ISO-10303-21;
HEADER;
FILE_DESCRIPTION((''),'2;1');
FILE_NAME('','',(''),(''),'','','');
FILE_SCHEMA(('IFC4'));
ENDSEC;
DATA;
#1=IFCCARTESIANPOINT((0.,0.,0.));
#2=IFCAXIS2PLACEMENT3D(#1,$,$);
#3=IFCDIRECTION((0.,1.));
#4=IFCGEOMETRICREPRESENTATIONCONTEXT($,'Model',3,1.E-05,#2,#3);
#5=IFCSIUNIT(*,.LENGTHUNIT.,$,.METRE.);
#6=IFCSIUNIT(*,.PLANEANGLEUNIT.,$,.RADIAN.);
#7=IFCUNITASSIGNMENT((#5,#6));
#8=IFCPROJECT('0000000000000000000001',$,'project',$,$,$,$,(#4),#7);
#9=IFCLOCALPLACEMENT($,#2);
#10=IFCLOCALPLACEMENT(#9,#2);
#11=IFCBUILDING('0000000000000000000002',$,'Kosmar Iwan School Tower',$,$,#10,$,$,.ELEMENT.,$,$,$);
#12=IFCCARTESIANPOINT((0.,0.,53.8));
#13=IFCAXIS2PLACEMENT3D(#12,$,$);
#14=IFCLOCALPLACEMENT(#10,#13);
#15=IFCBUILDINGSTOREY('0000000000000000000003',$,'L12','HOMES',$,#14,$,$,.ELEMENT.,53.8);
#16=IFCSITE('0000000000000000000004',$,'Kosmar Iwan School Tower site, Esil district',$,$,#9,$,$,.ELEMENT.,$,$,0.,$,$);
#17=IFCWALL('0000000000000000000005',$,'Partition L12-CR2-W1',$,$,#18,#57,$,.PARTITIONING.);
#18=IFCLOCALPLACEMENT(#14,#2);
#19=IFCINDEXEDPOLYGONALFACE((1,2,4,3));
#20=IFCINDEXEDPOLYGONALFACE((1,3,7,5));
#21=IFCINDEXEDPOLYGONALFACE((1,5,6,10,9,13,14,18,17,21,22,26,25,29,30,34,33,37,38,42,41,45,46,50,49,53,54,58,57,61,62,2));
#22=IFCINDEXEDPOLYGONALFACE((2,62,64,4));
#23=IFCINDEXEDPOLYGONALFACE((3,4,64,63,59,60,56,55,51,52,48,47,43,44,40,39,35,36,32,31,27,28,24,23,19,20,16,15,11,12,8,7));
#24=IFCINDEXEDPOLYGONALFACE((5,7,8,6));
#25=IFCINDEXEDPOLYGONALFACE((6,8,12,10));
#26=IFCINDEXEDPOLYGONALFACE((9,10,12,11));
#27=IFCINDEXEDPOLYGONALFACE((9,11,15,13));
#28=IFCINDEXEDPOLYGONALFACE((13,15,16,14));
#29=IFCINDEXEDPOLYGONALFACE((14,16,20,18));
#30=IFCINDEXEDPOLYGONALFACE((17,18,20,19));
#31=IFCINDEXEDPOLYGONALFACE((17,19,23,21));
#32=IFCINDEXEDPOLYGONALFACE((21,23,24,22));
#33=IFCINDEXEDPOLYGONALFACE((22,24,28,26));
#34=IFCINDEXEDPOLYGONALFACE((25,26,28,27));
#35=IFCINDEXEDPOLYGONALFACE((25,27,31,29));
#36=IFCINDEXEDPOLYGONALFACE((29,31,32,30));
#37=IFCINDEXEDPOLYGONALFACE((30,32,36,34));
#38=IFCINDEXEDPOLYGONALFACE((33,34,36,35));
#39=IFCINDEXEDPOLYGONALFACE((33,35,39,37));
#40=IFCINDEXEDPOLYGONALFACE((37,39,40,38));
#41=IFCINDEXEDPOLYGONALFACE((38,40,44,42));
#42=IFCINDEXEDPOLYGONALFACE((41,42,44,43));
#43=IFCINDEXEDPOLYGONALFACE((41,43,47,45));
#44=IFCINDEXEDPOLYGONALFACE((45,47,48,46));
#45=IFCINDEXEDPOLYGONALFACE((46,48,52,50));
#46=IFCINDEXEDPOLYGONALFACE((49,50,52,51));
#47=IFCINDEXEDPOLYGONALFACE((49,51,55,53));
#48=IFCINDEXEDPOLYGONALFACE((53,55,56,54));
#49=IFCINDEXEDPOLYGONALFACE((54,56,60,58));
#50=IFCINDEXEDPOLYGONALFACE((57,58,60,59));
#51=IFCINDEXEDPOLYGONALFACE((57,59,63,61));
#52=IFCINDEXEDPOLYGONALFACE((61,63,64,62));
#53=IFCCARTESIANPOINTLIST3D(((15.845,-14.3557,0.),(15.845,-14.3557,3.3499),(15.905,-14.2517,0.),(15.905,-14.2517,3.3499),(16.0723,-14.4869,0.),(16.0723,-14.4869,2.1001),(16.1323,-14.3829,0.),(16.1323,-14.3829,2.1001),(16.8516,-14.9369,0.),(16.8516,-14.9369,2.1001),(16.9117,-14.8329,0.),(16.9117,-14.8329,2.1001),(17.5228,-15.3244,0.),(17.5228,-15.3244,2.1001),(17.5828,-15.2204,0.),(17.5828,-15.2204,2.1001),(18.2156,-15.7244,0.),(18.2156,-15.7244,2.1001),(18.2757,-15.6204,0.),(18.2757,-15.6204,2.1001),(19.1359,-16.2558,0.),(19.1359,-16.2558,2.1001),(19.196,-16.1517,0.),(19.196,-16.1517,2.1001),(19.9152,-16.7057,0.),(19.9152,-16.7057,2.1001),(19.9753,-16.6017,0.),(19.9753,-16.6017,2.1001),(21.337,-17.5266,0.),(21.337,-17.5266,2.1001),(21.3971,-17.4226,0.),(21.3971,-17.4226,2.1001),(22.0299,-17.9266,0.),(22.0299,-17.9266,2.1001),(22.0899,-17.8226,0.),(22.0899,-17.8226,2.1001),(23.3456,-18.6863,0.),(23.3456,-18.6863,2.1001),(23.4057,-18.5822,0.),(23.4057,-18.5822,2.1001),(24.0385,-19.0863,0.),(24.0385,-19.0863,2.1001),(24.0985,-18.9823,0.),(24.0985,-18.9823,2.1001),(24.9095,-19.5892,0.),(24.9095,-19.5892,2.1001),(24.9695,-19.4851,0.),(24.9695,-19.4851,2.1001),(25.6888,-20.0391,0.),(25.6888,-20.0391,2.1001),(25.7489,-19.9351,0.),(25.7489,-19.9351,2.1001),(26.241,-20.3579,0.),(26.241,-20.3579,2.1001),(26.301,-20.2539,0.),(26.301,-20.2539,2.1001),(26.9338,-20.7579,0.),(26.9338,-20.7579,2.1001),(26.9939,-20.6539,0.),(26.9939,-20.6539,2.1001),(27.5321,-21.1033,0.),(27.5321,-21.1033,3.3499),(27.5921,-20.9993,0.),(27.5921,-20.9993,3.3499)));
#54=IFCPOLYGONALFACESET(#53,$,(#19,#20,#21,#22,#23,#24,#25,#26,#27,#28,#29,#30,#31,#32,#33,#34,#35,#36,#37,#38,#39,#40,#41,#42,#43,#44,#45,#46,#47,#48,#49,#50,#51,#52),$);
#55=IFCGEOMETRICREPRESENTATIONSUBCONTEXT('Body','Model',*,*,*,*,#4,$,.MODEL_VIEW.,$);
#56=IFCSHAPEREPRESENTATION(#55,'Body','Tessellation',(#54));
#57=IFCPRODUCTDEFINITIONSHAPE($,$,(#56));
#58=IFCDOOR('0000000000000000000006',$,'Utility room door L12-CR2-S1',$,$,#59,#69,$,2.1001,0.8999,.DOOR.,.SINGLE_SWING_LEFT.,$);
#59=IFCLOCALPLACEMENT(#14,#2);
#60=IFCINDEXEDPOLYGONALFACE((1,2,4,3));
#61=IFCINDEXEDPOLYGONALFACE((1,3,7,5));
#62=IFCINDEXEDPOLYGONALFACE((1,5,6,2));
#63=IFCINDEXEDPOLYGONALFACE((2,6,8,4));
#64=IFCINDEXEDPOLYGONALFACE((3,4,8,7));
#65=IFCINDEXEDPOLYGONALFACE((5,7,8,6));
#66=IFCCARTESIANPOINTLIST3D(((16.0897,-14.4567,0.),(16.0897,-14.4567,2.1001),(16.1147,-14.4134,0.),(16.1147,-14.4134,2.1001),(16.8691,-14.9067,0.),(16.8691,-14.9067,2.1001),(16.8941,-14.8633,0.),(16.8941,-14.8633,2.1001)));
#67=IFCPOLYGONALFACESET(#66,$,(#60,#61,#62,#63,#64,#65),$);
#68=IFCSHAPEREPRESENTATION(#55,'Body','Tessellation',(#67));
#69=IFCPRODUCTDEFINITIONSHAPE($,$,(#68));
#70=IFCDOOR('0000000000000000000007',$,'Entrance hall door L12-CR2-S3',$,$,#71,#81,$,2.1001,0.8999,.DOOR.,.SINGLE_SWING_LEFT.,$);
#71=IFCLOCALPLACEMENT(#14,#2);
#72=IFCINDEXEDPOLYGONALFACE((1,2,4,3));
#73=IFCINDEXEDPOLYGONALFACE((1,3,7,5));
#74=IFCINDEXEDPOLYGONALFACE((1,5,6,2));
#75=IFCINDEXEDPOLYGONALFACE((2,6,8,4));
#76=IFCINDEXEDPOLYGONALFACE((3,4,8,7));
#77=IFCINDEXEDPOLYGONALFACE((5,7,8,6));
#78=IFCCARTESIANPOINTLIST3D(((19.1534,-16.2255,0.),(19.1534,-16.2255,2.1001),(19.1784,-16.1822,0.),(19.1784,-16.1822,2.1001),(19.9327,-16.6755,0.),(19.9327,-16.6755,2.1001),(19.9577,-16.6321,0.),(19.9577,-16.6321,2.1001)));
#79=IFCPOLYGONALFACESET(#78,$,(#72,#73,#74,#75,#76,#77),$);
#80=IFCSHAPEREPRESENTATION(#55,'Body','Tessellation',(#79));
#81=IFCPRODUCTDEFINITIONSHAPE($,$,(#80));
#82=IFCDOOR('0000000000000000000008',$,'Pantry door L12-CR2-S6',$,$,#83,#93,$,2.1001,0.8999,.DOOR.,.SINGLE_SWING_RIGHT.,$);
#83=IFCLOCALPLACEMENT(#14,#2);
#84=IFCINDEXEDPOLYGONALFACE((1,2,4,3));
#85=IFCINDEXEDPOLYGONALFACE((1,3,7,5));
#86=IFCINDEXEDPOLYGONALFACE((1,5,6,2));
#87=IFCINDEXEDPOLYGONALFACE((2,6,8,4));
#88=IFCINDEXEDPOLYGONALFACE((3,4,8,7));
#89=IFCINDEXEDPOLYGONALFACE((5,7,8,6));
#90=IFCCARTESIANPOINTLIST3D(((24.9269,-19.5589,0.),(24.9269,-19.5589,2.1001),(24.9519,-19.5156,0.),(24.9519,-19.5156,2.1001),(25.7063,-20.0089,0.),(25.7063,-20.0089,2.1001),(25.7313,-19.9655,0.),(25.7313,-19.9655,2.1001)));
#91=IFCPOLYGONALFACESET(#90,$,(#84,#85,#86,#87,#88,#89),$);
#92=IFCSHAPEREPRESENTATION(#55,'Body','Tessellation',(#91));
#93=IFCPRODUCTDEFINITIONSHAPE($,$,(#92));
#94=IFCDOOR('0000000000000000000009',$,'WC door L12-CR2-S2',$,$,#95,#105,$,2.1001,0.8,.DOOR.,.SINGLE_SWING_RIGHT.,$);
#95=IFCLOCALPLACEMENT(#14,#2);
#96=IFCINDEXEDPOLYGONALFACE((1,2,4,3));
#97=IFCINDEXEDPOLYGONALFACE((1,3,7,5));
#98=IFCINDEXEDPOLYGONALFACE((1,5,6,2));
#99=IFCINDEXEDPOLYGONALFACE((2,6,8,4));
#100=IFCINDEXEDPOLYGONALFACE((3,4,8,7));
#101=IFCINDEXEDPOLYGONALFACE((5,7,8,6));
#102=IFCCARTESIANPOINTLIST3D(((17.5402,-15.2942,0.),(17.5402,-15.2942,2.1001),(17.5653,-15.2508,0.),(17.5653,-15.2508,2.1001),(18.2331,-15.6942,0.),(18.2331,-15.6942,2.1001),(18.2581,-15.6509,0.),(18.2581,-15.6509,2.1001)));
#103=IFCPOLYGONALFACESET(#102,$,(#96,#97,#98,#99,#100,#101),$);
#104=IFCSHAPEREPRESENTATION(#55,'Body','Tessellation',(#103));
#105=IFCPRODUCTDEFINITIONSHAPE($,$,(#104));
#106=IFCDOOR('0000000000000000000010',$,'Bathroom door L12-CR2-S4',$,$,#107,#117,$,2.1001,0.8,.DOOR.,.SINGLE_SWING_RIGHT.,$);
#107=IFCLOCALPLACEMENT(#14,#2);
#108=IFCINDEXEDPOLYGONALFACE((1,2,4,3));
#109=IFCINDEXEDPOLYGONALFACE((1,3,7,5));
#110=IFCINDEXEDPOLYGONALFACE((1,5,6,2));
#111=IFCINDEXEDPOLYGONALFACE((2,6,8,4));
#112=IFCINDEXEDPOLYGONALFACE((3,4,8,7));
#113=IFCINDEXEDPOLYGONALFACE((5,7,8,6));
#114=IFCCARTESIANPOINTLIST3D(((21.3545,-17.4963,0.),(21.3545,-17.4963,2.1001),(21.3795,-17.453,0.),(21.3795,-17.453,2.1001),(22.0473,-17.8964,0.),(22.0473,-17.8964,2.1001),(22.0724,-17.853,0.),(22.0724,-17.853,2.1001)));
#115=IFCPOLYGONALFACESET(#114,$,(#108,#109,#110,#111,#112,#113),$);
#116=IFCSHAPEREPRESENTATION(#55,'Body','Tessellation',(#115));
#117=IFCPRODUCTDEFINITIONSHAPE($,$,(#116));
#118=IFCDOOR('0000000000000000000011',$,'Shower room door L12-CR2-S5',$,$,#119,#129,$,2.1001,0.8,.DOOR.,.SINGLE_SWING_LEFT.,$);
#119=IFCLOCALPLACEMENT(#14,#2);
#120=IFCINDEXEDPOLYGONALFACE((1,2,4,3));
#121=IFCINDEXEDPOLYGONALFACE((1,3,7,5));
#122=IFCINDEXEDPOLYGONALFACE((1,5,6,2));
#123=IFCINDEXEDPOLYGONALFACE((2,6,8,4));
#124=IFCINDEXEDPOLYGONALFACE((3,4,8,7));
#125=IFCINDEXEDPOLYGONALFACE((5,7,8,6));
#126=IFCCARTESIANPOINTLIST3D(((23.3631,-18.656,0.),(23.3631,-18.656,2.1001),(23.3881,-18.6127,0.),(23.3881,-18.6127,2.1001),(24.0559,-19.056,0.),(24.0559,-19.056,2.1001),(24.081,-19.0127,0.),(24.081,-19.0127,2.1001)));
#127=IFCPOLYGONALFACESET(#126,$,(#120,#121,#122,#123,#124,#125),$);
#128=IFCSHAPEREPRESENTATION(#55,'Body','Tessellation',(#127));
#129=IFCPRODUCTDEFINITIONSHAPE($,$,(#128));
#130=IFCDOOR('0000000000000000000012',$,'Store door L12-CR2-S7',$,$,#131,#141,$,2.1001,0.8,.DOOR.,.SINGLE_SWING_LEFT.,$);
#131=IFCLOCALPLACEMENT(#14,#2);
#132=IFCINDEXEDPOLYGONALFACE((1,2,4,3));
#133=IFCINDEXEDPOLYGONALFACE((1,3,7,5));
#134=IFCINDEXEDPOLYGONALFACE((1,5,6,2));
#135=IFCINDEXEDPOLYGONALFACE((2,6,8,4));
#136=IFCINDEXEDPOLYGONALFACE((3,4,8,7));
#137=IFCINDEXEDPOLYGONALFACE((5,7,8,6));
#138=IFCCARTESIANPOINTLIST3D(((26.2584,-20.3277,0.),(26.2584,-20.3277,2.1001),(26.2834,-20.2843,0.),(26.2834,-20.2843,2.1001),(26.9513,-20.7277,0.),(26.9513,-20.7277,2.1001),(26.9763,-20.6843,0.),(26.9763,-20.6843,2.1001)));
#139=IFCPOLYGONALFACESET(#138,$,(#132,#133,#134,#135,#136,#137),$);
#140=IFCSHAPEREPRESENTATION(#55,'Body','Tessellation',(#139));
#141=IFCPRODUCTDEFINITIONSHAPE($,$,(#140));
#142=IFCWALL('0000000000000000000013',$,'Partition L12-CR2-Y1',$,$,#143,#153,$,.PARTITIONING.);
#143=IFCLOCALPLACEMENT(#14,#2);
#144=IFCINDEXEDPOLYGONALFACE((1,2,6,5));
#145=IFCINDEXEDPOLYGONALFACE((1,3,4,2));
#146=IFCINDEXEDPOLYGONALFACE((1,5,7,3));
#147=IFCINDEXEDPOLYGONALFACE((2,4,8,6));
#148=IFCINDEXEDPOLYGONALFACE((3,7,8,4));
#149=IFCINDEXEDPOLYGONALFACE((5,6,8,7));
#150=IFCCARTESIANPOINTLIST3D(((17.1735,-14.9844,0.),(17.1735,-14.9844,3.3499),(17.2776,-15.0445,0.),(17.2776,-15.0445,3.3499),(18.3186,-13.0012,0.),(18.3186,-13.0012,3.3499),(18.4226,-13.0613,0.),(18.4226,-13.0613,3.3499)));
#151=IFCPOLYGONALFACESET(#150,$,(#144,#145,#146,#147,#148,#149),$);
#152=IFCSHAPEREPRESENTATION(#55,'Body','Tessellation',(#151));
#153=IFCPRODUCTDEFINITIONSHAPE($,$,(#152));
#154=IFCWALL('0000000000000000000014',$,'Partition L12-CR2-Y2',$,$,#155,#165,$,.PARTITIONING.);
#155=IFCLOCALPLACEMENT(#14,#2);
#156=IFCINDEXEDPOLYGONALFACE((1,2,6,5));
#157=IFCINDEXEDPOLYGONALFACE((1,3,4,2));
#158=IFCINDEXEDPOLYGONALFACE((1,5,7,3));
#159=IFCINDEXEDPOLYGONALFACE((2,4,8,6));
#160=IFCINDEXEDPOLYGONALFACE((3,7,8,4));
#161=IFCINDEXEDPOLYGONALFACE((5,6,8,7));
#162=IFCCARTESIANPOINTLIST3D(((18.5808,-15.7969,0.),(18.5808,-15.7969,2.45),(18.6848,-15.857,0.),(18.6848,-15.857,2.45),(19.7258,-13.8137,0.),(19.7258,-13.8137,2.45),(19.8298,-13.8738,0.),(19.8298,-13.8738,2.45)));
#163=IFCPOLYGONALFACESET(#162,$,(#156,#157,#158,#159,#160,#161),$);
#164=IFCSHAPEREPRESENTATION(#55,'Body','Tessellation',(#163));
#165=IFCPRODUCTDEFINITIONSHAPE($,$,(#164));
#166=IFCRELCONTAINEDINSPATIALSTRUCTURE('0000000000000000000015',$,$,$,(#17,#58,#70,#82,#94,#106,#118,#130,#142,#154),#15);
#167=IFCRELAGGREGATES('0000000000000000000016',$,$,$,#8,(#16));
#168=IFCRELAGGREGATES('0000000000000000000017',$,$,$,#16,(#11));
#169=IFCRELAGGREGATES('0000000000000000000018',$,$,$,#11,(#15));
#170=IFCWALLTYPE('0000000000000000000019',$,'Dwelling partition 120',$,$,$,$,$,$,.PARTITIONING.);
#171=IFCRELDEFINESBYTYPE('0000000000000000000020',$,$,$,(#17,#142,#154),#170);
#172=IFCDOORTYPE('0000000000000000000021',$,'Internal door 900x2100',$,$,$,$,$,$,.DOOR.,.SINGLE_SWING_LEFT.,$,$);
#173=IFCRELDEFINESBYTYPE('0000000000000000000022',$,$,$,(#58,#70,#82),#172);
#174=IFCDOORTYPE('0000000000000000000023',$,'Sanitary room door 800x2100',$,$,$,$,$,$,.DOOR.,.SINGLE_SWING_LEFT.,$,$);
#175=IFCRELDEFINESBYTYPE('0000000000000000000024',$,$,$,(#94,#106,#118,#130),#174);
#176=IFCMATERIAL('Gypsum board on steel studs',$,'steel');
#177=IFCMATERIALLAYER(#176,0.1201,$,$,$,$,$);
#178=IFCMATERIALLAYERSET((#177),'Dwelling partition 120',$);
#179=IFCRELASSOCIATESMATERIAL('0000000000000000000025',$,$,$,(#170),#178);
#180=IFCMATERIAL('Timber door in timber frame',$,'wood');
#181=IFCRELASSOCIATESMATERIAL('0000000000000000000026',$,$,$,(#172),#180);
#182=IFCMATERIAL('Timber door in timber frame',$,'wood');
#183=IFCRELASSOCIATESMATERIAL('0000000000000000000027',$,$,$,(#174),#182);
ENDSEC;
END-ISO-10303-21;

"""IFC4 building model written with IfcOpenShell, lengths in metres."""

from ifc_helpers import new_model, si_unit, direction, frame, frame_2d, origin, place, context, subcontext, project, spatial, rectangle, extrude, material, layer, layer_set, type_object, element, fill, save


model = new_model("IFC4")

# Units and contexts
model_context = context("Model", 3, precision=1e-05, world=origin(), true_north=direction((0.0, 1.0)))
body_context = subcontext(model_context, "Body", "Model", "MODEL_VIEW")
ifc_project = project(units=[si_unit("LENGTHUNIT", "METRE"), si_unit("PLANEANGLEUNIT", "RADIAN")], contexts=[model_context])

# Site, building, storey
site_placement = place(None, origin())
site = spatial("IfcSite", under=ifc_project, at=site_placement, Name="Kosmar Iwan School Tower site, Esil district", CompositionType="ELEMENT", RefElevation=0.0)
building_placement = place(site_placement, origin())
building = spatial("IfcBuilding", under=site, at=building_placement, Name="Kosmar Iwan School Tower", CompositionType="ELEMENT")
storey_placement = place(building_placement, frame((0.0, 0.0, 53.8)))
storey = spatial("IfcBuildingStorey", under=building, at=storey_placement, Name="L12", Description="HOMES", CompositionType="ELEMENT", Elevation=53.8)

# Shared definitions
ifc_material_1 = material(Name="Gypsum board on steel studs", Category="steel")
ifc_layer_1 = layer(ifc_material_1, 0.1201)
ifc_layer_set_1 = layer_set([ifc_layer_1], Name="Dwelling partition 120")
wall_type_1 = type_object("IfcWallType", Name="Dwelling partition 120", PredefinedType="PARTITIONING", material=ifc_layer_set_1)

# Wall, openings, doors
wall_1_placement = place(storey_placement, frame((15.875, -14.3037, 0.0), z_axis=(0.0, 0.0, 1.0), x_axis=(0.866024, -0.500003, 0.0)))
wall_1 = element("IfcWall", 1, at=wall_1_placement, inside=storey, type_object=wall_type_1, Name="Partition L12-CR2-W1", PredefinedType="PARTITIONING", context=body_context, shape_type="SweptSolid", body=[
    extrude(rectangle(XDim=13.4951, YDim=0.1201, at=frame_2d((6.7476, 0.0))), origin(), (0.0, 0.0, 1.0), 3.3499),
])
opening_1_placement = place(wall_1_placement, frame((0.2625, 0.0, 0.0)))
opening_1 = element("IfcOpeningElement", 2, at=opening_1_placement, cuts=wall_1, PredefinedType="OPENING", context=body_context, shape_type="SweptSolid", body=[
    extrude(rectangle(XDim=0.8999, YDim=2.1001, at=frame_2d((0.45, 1.05))), frame((0.0, 0.072, 0.0), z_axis=(0.0, -1.0, 0.0), x_axis=(1.0, 0.0, 0.0)), (0.0, 0.0, 1.0), 0.144),
])
opening_2_placement = place(wall_1_placement, frame((1.9375, 0.0, 0.0)))
opening_2 = element("IfcOpeningElement", 3, at=opening_2_placement, cuts=wall_1, PredefinedType="OPENING", context=body_context, shape_type="SweptSolid", body=[
    extrude(rectangle(XDim=0.8, YDim=2.1001, at=frame_2d((0.3999, 1.05))), frame((0.0, 0.072, 0.0), z_axis=(0.0, -1.0, 0.0), x_axis=(1.0, 0.0, 0.0)), (0.0, 0.0, 1.0), 0.144),
])
opening_3_placement = place(wall_1_placement, frame((3.8, 0.0, 0.0)))
opening_3 = element("IfcOpeningElement", 4, at=opening_3_placement, cuts=wall_1, PredefinedType="OPENING", context=body_context, shape_type="SweptSolid", body=[
    extrude(rectangle(XDim=0.8999, YDim=2.1001, at=frame_2d((0.45, 1.05))), frame((0.0, 0.072, 0.0), z_axis=(0.0, -1.0, 0.0), x_axis=(1.0, 0.0, 0.0)), (0.0, 0.0, 1.0), 0.144),
])
opening_4_placement = place(wall_1_placement, frame((6.3418, 0.0, 0.0)))
opening_4 = element("IfcOpeningElement", 5, at=opening_4_placement, cuts=wall_1, PredefinedType="OPENING", context=body_context, shape_type="SweptSolid", body=[
    extrude(rectangle(XDim=0.8, YDim=2.1001, at=frame_2d((0.3999, 1.05))), frame((0.0, 0.072, 0.0), z_axis=(0.0, -1.0, 0.0), x_axis=(1.0, 0.0, 0.0)), (0.0, 0.0, 1.0), 0.144),
])
opening_5_placement = place(wall_1_placement, frame((8.6611, 0.0, 0.0)))
opening_5 = element("IfcOpeningElement", 6, at=opening_5_placement, cuts=wall_1, PredefinedType="OPENING", context=body_context, shape_type="SweptSolid", body=[
    extrude(rectangle(XDim=0.8, YDim=2.1001, at=frame_2d((0.3999, 1.05))), frame((0.0, 0.072, 0.0), z_axis=(0.0, -1.0, 0.0), x_axis=(1.0, 0.0, 0.0)), (0.0, 0.0, 1.0), 0.144),
])
opening_6_placement = place(wall_1_placement, frame((10.4668, 0.0, 0.0)))
opening_6 = element("IfcOpeningElement", 7, at=opening_6_placement, cuts=wall_1, PredefinedType="OPENING", context=body_context, shape_type="SweptSolid", body=[
    extrude(rectangle(XDim=0.8999, YDim=2.1001, at=frame_2d((0.45, 1.05))), frame((0.0, 0.072, 0.0), z_axis=(0.0, -1.0, 0.0), x_axis=(1.0, 0.0, 0.0)), (0.0, 0.0, 1.0), 0.144),
])
opening_7_placement = place(wall_1_placement, frame((12.0044, 0.0, 0.0)))
opening_7 = element("IfcOpeningElement", 8, at=opening_7_placement, cuts=wall_1, PredefinedType="OPENING", context=body_context, shape_type="SweptSolid", body=[
    extrude(rectangle(XDim=0.8, YDim=2.1001, at=frame_2d((0.3999, 1.05))), frame((0.0, 0.072, 0.0), z_axis=(0.0, -1.0, 0.0), x_axis=(1.0, 0.0, 0.0)), (0.0, 0.0, 1.0), 0.144),
])
ifc_material_2 = material(Name="Timber door in timber frame", Category="wood")
door_type_1 = type_object("IfcDoorType", Name="Internal door 900x2100", OperationType="SINGLE_SWING_LEFT", PredefinedType="DOOR", material=ifc_material_2)
door_1_placement = place(opening_1_placement, origin())
door_1 = element("IfcDoor", 9, at=door_1_placement, inside=storey, type_object=door_type_1, Name="Utility room door L12-CR2-S1", OperationType="SINGLE_SWING_LEFT", OverallHeight=2.1001, OverallWidth=0.8999, PredefinedType="DOOR", context=body_context, shape_type="SweptSolid", body=[
    extrude(rectangle(XDim=0.8999, YDim=2.1001, at=frame_2d((0.45, 1.05))), frame((0.0, 0.0249, 0.0), z_axis=(0.0, -1.0, 0.0), x_axis=(1.0, 0.0, 0.0)), (0.0, 0.0, 1.0), 0.05),
])
fill(opening_1, door_1)
door_2_placement = place(opening_3_placement, origin())
door_2 = element("IfcDoor", 10, at=door_2_placement, inside=storey, type_object=door_type_1, Name="Entrance hall door L12-CR2-S3", OperationType="SINGLE_SWING_LEFT", OverallHeight=2.1001, OverallWidth=0.8999, PredefinedType="DOOR", context=body_context, shape_type="SweptSolid", body=[
    extrude(rectangle(XDim=0.8999, YDim=2.1001, at=frame_2d((0.45, 1.05))), frame((0.0, 0.0249, 0.0), z_axis=(0.0, -1.0, 0.0), x_axis=(1.0, 0.0, 0.0)), (0.0, 0.0, 1.0), 0.05),
])
fill(opening_3, door_2)
door_3_placement = place(opening_6_placement, origin())
door_3 = element("IfcDoor", 11, at=door_3_placement, inside=storey, type_object=door_type_1, Name="Pantry door L12-CR2-S6", OperationType="SINGLE_SWING_RIGHT", OverallHeight=2.1001, OverallWidth=0.8999, PredefinedType="DOOR", context=body_context, shape_type="SweptSolid", body=[
    extrude(rectangle(XDim=0.8999, YDim=2.1001, at=frame_2d((0.45, 1.05))), frame((0.0, 0.0249, 0.0), z_axis=(0.0, -1.0, 0.0), x_axis=(1.0, 0.0, 0.0)), (0.0, 0.0, 1.0), 0.05),
])
fill(opening_6, door_3)
ifc_material_3 = material(Name="Timber door in timber frame", Category="wood")
door_type_2 = type_object("IfcDoorType", Name="Sanitary room door 800x2100", OperationType="SINGLE_SWING_LEFT", PredefinedType="DOOR", material=ifc_material_3)
door_4_placement = place(opening_2_placement, origin())
door_4 = element("IfcDoor", 12, at=door_4_placement, inside=storey, type_object=door_type_2, Name="WC door L12-CR2-S2", OperationType="SINGLE_SWING_RIGHT", OverallHeight=2.1001, OverallWidth=0.8, PredefinedType="DOOR", context=body_context, shape_type="SweptSolid", body=[
    extrude(rectangle(XDim=0.8, YDim=2.1001, at=frame_2d((0.3999, 1.05))), frame((0.0, 0.0249, 0.0), z_axis=(0.0, -1.0, 0.0), x_axis=(1.0, 0.0, 0.0)), (0.0, 0.0, 1.0), 0.05),
])
fill(opening_2, door_4)
door_5_placement = place(opening_4_placement, origin())
door_5 = element("IfcDoor", 13, at=door_5_placement, inside=storey, type_object=door_type_2, Name="Bathroom door L12-CR2-S4", OperationType="SINGLE_SWING_RIGHT", OverallHeight=2.1001, OverallWidth=0.8, PredefinedType="DOOR", context=body_context, shape_type="SweptSolid", body=[
    extrude(rectangle(XDim=0.8, YDim=2.1001, at=frame_2d((0.3999, 1.05))), frame((0.0, 0.0249, 0.0), z_axis=(0.0, -1.0, 0.0), x_axis=(1.0, 0.0, 0.0)), (0.0, 0.0, 1.0), 0.05),
])
fill(opening_4, door_5)
door_6_placement = place(opening_5_placement, origin())
door_6 = element("IfcDoor", 14, at=door_6_placement, inside=storey, type_object=door_type_2, Name="Shower room door L12-CR2-S5", OperationType="SINGLE_SWING_LEFT", OverallHeight=2.1001, OverallWidth=0.8, PredefinedType="DOOR", context=body_context, shape_type="SweptSolid", body=[
    extrude(rectangle(XDim=0.8, YDim=2.1001, at=frame_2d((0.3999, 1.05))), frame((0.0, 0.0249, 0.0), z_axis=(0.0, -1.0, 0.0), x_axis=(1.0, 0.0, 0.0)), (0.0, 0.0, 1.0), 0.05),
])
fill(opening_5, door_6)
door_7_placement = place(opening_7_placement, origin())
door_7 = element("IfcDoor", 15, at=door_7_placement, inside=storey, type_object=door_type_2, Name="Store door L12-CR2-S7", OperationType="SINGLE_SWING_LEFT", OverallHeight=2.1001, OverallWidth=0.8, PredefinedType="DOOR", context=body_context, shape_type="SweptSolid", body=[
    extrude(rectangle(XDim=0.8, YDim=2.1001, at=frame_2d((0.3999, 1.05))), frame((0.0, 0.0249, 0.0), z_axis=(0.0, -1.0, 0.0), x_axis=(1.0, 0.0, 0.0)), (0.0, 0.0, 1.0), 0.05),
])
fill(opening_7, door_7)

# Walls
wall_2_placement = place(storey_placement, frame((18.3706, -13.0312, 0.0), z_axis=(0.0, 0.0, 1.0), x_axis=(-0.500015, -0.866017, 0.0)))
element("IfcWall", 16, at=wall_2_placement, inside=storey, type_object=wall_type_1, Name="Partition L12-CR2-Y1", PredefinedType="PARTITIONING", context=body_context, shape_type="SweptSolid", body=[
    extrude(rectangle(XDim=2.29, YDim=0.1201, at=frame_2d((1.145, 0.0))), origin(), (0.0, 0.0, 1.0), 3.3499),
])
wall_3_placement = place(storey_placement, frame((19.7778, -13.8438, 0.0), z_axis=(0.0, 0.0, 1.0), x_axis=(-0.500015, -0.866017, 0.0)))
element("IfcWall", 17, at=wall_3_placement, inside=storey, type_object=wall_type_1, Name="Partition L12-CR2-Y2", PredefinedType="PARTITIONING", context=body_context, shape_type="SweptSolid", body=[
    extrude(rectangle(XDim=2.29, YDim=0.1201, at=frame_2d((1.145, 0.0))), origin(), (0.0, 0.0, 1.0), 2.45),
])

save(model, "model.ifc")
